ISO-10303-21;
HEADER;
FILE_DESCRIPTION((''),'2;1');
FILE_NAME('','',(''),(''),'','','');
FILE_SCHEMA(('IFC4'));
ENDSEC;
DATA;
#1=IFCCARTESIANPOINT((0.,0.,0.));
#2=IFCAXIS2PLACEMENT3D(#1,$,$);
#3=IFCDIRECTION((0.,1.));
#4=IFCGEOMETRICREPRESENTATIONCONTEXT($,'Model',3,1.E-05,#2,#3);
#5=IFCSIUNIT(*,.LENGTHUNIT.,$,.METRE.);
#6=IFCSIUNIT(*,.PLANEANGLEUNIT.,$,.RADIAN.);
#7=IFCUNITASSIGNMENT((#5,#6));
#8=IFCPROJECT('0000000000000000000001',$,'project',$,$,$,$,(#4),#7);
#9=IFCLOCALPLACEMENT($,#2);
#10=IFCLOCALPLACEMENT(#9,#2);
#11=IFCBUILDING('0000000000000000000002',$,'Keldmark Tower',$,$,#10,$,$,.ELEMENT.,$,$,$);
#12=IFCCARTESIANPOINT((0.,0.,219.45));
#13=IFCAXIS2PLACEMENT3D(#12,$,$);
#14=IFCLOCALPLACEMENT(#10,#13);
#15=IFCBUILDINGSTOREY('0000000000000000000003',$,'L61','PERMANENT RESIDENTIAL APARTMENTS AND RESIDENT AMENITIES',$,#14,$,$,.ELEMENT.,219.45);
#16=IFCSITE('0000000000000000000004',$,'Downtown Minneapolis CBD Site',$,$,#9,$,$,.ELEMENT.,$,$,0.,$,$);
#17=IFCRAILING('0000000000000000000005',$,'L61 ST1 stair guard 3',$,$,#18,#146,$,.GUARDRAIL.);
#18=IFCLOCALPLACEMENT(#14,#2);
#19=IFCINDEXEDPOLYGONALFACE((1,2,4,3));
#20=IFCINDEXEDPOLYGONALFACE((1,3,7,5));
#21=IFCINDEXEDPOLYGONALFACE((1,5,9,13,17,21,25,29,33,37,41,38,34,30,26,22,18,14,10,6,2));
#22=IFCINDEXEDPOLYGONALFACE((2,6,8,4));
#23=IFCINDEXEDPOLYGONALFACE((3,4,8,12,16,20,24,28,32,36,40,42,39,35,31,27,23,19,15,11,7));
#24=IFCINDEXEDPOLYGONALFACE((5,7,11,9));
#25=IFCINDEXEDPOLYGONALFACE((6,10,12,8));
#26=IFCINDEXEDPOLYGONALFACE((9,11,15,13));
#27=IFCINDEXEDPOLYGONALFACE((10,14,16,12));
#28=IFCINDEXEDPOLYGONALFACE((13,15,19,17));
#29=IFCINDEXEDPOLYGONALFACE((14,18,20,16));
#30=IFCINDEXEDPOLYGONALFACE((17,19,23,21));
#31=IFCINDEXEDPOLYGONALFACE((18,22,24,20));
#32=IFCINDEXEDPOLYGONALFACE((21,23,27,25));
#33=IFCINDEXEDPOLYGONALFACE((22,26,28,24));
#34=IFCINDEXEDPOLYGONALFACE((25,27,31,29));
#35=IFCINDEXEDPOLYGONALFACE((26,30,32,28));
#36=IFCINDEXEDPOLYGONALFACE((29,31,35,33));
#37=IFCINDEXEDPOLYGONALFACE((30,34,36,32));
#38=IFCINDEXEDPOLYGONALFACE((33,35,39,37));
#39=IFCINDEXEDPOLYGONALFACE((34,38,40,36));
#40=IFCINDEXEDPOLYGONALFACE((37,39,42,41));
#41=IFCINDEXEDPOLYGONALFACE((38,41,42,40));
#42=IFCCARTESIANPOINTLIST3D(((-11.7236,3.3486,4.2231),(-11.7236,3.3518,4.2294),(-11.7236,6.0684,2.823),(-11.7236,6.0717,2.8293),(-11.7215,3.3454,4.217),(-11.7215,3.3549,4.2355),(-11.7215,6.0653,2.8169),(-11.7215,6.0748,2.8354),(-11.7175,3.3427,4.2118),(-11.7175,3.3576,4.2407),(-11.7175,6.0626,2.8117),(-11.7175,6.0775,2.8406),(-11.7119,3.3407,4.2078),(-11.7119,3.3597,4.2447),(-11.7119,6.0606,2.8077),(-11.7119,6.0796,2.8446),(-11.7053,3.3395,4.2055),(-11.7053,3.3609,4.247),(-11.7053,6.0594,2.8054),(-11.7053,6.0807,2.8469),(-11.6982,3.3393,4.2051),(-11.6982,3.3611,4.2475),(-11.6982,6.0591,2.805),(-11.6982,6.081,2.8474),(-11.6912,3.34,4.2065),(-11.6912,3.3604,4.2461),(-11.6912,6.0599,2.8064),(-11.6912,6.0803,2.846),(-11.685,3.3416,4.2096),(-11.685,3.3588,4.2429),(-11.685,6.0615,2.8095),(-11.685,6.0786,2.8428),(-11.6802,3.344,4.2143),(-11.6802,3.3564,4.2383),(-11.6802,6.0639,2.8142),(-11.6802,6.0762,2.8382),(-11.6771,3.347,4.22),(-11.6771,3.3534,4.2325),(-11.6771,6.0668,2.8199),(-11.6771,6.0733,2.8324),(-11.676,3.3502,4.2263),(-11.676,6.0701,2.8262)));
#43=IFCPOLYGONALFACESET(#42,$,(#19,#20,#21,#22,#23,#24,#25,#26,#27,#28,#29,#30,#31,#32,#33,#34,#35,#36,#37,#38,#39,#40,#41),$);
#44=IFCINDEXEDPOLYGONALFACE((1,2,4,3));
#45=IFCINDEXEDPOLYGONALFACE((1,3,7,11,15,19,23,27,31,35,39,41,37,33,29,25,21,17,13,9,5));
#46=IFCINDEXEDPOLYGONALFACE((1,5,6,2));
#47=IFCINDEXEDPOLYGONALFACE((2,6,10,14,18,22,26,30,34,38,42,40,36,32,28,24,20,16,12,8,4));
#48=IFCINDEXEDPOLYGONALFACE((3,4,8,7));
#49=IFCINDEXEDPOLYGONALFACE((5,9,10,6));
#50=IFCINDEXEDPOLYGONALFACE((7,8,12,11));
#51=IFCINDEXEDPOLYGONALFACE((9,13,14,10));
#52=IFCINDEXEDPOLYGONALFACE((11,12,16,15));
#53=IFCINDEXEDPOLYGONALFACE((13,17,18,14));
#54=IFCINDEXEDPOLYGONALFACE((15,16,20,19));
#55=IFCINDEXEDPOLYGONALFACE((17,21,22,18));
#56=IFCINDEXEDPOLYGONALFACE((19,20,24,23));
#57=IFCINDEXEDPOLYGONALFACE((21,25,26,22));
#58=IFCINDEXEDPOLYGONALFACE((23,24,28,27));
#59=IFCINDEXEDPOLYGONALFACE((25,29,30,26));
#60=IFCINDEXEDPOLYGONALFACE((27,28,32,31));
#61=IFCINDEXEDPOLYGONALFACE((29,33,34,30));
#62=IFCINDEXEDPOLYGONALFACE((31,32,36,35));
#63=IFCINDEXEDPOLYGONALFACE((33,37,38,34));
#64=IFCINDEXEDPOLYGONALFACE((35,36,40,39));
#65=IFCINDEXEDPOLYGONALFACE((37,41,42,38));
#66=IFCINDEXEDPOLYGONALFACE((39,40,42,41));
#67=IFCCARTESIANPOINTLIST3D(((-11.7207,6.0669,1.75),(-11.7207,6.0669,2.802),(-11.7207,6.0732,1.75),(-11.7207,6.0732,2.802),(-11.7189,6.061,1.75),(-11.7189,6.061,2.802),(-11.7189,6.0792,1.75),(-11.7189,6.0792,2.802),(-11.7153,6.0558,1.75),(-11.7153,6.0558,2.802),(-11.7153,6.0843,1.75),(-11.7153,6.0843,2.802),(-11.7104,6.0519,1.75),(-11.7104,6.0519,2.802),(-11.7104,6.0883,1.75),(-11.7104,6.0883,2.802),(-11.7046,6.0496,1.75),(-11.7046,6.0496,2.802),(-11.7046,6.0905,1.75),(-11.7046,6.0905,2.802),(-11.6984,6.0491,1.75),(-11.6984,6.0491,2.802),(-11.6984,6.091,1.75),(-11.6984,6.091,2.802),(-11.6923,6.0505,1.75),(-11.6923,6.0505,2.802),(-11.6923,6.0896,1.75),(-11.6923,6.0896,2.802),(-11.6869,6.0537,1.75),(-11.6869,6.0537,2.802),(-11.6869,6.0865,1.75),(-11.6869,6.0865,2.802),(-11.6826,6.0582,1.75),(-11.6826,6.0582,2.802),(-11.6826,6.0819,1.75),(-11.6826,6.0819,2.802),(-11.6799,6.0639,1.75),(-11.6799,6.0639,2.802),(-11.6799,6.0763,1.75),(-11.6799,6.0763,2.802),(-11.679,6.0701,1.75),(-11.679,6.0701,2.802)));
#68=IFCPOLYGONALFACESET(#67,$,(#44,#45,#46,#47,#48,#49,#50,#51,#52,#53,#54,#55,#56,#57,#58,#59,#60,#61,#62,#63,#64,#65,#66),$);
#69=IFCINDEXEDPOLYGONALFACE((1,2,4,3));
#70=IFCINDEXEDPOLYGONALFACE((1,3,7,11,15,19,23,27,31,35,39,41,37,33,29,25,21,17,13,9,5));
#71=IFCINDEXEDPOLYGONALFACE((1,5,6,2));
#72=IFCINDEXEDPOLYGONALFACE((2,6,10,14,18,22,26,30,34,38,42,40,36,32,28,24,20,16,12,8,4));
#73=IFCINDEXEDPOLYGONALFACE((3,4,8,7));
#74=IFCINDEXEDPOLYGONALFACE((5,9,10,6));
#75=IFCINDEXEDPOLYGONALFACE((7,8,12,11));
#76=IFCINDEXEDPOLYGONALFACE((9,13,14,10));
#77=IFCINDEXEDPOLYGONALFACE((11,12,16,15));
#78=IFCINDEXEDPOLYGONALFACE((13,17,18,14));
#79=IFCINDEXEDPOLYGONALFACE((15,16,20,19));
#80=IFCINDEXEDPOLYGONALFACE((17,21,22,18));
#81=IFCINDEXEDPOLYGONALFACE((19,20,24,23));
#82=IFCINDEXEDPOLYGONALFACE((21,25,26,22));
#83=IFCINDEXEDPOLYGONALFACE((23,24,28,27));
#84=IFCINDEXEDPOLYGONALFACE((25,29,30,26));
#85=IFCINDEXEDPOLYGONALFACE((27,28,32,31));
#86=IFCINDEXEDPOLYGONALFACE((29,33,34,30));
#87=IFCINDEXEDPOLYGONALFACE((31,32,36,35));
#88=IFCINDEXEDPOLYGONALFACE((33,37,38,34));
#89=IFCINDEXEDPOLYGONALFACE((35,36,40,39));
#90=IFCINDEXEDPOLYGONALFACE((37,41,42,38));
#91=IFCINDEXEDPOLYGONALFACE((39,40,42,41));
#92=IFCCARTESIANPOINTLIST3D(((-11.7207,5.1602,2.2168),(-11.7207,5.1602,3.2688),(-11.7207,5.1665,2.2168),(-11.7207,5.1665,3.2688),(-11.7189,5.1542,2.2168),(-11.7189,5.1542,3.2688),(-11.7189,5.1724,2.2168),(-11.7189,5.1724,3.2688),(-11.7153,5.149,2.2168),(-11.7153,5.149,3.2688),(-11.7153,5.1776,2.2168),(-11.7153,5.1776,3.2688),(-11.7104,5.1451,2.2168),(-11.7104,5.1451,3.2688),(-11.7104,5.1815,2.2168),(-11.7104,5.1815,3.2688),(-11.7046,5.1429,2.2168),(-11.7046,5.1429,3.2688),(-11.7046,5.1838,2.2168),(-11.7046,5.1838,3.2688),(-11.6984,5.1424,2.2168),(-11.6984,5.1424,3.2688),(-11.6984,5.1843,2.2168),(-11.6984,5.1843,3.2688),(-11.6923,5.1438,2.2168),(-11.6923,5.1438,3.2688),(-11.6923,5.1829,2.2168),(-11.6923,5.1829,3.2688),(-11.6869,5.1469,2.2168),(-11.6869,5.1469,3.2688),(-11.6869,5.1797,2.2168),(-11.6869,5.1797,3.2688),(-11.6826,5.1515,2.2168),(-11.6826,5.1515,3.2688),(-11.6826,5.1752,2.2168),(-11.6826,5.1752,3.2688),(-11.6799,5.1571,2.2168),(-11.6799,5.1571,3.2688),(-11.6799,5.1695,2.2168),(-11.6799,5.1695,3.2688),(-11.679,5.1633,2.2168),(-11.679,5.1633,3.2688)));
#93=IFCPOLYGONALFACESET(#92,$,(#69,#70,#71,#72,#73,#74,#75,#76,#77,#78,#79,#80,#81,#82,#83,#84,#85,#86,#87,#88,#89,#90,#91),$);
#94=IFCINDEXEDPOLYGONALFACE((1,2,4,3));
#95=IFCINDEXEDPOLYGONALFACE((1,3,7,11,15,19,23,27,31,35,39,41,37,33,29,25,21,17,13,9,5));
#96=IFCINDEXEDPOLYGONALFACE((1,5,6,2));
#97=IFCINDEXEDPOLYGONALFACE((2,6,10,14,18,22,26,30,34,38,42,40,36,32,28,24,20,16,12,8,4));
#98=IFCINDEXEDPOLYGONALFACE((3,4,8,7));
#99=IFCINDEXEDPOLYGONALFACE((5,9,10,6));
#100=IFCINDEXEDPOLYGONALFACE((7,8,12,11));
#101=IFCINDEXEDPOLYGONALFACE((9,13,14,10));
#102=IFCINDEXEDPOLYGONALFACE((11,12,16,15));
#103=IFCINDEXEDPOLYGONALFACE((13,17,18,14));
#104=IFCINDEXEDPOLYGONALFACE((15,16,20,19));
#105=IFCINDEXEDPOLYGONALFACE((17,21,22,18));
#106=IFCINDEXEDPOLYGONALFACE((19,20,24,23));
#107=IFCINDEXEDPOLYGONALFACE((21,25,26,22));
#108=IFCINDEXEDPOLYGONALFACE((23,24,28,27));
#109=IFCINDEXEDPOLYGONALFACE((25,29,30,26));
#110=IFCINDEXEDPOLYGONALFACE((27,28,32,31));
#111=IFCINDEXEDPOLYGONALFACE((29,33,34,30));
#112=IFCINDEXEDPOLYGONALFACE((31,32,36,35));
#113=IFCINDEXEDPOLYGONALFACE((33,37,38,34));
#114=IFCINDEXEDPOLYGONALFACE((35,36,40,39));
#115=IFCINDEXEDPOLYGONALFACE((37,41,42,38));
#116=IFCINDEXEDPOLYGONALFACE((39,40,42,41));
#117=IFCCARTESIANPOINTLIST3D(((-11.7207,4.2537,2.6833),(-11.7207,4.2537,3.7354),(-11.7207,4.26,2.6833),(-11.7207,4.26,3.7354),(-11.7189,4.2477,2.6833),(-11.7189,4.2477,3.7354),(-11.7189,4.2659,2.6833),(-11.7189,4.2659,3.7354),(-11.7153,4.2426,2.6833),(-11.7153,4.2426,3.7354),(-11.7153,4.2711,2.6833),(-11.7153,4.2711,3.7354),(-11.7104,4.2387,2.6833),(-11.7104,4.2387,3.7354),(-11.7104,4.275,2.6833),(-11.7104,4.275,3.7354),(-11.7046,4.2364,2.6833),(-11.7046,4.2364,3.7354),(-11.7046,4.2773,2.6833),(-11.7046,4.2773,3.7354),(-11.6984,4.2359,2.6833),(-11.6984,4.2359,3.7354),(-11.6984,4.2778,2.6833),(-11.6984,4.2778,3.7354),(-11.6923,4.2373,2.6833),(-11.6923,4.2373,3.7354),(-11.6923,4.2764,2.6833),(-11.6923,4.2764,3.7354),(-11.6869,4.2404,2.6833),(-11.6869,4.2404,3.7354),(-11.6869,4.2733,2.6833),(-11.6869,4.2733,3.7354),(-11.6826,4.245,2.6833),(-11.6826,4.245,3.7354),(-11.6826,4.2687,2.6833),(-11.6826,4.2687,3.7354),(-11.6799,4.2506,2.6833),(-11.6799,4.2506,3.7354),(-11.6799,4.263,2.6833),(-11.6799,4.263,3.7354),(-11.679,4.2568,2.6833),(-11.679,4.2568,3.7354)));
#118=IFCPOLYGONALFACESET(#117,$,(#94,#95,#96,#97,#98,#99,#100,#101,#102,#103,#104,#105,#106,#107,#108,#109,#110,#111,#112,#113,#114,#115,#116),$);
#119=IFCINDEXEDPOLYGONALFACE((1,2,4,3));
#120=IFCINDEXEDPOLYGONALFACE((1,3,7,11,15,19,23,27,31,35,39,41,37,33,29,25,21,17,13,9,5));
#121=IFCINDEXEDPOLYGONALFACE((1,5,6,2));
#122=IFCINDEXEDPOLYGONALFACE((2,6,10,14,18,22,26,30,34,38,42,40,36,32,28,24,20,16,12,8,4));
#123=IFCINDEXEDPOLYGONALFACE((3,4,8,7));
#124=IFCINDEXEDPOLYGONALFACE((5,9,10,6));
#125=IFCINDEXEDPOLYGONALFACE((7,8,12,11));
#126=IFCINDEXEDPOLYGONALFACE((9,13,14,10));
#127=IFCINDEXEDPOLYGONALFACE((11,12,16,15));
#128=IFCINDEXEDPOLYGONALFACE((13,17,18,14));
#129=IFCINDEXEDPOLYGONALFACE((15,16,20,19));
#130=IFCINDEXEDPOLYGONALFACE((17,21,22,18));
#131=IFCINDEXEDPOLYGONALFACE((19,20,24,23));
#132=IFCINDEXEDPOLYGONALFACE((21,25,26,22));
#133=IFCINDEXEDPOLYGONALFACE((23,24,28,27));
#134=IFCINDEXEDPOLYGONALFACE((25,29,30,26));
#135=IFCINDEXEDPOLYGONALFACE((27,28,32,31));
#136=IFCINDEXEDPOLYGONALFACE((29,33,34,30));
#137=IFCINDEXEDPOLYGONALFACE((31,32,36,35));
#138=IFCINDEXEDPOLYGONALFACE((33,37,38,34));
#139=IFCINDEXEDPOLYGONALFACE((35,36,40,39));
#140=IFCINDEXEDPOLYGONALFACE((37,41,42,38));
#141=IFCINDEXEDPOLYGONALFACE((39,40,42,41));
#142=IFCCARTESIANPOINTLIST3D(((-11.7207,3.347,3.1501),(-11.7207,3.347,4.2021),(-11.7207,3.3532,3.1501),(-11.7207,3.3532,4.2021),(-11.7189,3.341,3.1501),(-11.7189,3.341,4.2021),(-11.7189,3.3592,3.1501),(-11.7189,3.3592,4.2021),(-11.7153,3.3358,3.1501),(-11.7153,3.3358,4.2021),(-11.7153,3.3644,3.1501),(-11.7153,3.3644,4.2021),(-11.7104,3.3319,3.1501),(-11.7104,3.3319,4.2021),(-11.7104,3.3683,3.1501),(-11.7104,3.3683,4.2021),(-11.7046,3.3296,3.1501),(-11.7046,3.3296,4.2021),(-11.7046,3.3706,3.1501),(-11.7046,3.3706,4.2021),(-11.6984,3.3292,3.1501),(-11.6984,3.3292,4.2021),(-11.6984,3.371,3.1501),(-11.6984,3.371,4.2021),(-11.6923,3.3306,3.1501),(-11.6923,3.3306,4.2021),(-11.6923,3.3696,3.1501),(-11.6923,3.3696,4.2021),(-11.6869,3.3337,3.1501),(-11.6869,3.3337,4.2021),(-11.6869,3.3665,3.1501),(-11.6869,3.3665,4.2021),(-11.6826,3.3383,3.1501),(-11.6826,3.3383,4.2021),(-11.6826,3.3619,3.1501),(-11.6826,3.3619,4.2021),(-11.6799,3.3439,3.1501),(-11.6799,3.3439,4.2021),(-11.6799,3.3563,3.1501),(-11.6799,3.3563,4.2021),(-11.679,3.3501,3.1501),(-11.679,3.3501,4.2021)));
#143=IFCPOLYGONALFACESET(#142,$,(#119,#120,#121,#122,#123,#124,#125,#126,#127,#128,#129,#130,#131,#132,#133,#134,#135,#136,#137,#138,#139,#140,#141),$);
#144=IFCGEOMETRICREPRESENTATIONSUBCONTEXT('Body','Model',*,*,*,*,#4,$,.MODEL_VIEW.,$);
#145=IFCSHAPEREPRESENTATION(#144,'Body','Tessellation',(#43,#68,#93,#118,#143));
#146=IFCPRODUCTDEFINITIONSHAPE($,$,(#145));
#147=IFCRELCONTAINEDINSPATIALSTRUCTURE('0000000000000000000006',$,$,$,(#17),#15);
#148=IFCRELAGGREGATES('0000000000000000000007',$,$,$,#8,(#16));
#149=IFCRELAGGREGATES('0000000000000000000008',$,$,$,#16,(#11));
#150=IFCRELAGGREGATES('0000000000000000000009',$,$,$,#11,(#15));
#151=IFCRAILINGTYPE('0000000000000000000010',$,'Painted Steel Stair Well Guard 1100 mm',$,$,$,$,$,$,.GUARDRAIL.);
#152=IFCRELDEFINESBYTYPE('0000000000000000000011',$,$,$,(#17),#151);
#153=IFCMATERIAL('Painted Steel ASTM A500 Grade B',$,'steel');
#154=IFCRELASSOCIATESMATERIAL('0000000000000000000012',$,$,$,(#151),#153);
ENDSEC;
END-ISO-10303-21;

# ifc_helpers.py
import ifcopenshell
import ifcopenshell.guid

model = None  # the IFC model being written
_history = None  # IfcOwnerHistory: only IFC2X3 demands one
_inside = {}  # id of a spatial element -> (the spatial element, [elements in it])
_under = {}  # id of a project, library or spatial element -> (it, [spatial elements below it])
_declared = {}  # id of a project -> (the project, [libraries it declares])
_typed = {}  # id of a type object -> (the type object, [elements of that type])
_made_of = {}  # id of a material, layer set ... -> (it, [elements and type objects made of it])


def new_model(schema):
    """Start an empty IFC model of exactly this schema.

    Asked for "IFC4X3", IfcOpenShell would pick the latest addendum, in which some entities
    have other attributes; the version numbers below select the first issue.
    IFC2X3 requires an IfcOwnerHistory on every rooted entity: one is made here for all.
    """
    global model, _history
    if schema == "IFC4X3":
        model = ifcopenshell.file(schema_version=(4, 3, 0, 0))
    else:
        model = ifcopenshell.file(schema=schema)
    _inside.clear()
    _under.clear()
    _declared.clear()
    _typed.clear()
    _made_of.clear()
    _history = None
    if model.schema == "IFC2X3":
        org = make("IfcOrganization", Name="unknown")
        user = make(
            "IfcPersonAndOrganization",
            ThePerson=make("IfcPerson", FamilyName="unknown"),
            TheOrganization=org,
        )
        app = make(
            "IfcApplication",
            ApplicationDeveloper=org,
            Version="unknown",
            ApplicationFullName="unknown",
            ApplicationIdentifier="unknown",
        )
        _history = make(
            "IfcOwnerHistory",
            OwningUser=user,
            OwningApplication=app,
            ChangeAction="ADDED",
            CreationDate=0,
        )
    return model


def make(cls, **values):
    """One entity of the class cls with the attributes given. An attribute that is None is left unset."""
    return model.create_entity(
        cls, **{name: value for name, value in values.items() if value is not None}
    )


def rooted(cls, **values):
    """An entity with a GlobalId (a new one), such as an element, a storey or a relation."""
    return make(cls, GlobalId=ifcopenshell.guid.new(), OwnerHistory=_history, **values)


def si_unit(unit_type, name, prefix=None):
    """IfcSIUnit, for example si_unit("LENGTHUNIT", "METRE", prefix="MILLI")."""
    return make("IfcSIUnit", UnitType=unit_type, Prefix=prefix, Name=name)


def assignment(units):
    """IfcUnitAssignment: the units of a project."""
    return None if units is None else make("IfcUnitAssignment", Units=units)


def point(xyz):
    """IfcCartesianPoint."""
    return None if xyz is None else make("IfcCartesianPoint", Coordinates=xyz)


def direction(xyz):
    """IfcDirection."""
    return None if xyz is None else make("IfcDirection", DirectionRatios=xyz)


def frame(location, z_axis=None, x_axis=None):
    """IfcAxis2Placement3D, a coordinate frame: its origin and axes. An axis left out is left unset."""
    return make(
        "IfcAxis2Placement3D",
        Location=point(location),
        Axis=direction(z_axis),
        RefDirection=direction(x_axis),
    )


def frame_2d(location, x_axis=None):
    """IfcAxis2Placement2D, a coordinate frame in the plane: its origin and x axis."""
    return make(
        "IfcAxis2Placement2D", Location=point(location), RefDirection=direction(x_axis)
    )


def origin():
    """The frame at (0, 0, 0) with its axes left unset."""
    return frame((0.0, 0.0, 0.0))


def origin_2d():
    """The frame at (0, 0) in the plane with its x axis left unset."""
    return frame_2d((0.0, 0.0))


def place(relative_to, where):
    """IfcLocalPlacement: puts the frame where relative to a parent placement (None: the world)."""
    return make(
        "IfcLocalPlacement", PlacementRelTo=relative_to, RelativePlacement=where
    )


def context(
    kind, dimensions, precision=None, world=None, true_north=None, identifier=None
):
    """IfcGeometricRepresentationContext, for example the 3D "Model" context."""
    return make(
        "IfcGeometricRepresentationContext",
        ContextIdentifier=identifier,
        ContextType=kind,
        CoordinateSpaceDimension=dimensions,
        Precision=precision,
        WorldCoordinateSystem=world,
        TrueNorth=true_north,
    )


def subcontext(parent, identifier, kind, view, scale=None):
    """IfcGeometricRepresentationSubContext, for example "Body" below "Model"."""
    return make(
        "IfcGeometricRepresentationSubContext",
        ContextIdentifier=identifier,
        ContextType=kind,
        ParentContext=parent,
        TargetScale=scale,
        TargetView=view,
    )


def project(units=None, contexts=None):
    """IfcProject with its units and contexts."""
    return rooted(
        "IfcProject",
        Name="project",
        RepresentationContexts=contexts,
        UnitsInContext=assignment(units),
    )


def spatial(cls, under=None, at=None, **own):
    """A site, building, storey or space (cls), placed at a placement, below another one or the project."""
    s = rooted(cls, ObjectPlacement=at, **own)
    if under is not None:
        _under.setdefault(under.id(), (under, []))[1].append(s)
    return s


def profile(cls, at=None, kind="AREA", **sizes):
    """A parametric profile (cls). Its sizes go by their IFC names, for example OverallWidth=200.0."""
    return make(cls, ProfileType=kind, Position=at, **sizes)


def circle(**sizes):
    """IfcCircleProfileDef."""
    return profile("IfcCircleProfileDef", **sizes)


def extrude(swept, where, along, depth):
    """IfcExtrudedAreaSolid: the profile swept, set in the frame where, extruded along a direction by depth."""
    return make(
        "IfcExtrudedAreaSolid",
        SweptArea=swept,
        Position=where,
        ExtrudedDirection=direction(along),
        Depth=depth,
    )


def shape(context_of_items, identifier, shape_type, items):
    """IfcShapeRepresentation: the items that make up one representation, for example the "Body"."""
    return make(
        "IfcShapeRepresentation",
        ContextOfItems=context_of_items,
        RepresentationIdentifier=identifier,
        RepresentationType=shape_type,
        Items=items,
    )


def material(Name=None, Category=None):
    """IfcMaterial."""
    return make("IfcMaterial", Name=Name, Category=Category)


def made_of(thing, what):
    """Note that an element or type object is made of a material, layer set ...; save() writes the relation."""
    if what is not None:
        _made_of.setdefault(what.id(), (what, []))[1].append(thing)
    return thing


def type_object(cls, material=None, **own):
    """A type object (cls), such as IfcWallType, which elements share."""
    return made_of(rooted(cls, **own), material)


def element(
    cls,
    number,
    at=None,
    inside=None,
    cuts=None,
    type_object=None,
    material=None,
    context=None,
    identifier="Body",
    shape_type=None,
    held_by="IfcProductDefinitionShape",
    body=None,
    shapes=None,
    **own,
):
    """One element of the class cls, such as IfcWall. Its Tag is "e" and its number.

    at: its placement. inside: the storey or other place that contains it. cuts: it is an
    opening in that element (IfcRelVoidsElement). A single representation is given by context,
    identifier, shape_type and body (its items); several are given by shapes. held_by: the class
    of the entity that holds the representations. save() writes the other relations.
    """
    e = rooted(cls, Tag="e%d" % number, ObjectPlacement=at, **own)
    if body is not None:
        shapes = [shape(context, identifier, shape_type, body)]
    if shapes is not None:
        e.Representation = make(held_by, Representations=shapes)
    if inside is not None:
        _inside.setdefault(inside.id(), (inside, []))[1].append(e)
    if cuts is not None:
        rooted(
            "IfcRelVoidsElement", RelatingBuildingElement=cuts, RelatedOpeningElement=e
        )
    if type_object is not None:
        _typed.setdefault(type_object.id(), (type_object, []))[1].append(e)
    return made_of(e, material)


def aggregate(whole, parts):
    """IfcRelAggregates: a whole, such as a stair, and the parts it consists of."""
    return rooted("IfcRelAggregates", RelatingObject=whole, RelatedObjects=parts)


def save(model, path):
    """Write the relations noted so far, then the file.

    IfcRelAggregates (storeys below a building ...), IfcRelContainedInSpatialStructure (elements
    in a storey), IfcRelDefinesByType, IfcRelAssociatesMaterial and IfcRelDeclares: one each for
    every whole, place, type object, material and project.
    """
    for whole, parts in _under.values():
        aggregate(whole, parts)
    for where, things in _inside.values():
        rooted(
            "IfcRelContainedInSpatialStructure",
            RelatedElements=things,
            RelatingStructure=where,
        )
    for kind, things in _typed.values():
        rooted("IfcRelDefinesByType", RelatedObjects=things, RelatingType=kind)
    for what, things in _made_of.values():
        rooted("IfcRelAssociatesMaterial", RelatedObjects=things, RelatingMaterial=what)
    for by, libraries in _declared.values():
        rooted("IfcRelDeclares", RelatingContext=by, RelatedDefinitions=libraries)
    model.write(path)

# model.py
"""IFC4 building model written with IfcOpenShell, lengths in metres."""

from ifc_helpers import new_model, si_unit, direction, frame, origin, origin_2d, place, context, subcontext, project, spatial, circle, extrude, material, type_object, element, save


model = new_model("IFC4")

# Units and contexts
model_context = context("Model", 3, precision=1e-05, world=origin(), true_north=direction((0.0, 1.0)))
body_context = subcontext(model_context, "Body", "Model", "MODEL_VIEW")
ifc_project = project(units=[si_unit("LENGTHUNIT", "METRE"), si_unit("PLANEANGLEUNIT", "RADIAN")], contexts=[model_context])

# Site, building, storey
site_placement = place(None, origin())
site = spatial("IfcSite", under=ifc_project, at=site_placement, Name="Downtown Minneapolis CBD Site", CompositionType="ELEMENT", RefElevation=0.0)
building_placement = place(site_placement, origin())
building = spatial("IfcBuilding", under=site, at=building_placement, Name="Keldmark Tower", CompositionType="ELEMENT")
storey_placement = place(building_placement, frame((0.0, 0.0, 219.45)))
storey = spatial("IfcBuildingStorey", under=building, at=storey_placement, Name="L61", Description="PERMANENT RESIDENTIAL APARTMENTS AND RESIDENT AMENITIES", CompositionType="ELEMENT", Elevation=219.45)

# Railing
ifc_material_1 = material(Name="Painted Steel ASTM A500 Grade B", Category="steel")
railing_type_1 = type_object("IfcRailingType", Name="Painted Steel Stair Well Guard 1100 mm", PredefinedType="GUARDRAIL", material=ifc_material_1)
railing_1_placement = place(storey_placement, frame((-11.7, 6.0701, 1.75)))
element("IfcRailing", 1, at=railing_1_placement, inside=storey, type_object=railing_type_1, Name="L61 ST1 stair guard 3", PredefinedType="GUARDRAIL", context=body_context, shape_type="SweptSolid", body=[
    extrude(circle(Radius=0.0239, at=origin_2d()), frame((0.0, 0.0, 1.0762), z_axis=(0.0, -0.889114, 0.457685), x_axis=(1.0, 0.0, 0.0)), (0.0, 0.0, 1.0), 3.0591),
    extrude(circle(Radius=0.021, at=origin_2d()), origin(), (0.0, 0.0, 1.0), 1.052),
    extrude(circle(Radius=0.021, at=origin_2d()), frame((0.0, -0.9067, 0.4668)), (0.0, 0.0, 1.0), 1.052),
    extrude(circle(Radius=0.021, at=origin_2d()), frame((0.0, -1.8132, 0.9333)), (0.0, 0.0, 1.0), 1.052),
    extrude(circle(Radius=0.021, at=origin_2d()), frame((0.0, -2.72, 1.4001)), (0.0, 0.0, 1.0), 1.052),
])

save(model, "model.ifc")
